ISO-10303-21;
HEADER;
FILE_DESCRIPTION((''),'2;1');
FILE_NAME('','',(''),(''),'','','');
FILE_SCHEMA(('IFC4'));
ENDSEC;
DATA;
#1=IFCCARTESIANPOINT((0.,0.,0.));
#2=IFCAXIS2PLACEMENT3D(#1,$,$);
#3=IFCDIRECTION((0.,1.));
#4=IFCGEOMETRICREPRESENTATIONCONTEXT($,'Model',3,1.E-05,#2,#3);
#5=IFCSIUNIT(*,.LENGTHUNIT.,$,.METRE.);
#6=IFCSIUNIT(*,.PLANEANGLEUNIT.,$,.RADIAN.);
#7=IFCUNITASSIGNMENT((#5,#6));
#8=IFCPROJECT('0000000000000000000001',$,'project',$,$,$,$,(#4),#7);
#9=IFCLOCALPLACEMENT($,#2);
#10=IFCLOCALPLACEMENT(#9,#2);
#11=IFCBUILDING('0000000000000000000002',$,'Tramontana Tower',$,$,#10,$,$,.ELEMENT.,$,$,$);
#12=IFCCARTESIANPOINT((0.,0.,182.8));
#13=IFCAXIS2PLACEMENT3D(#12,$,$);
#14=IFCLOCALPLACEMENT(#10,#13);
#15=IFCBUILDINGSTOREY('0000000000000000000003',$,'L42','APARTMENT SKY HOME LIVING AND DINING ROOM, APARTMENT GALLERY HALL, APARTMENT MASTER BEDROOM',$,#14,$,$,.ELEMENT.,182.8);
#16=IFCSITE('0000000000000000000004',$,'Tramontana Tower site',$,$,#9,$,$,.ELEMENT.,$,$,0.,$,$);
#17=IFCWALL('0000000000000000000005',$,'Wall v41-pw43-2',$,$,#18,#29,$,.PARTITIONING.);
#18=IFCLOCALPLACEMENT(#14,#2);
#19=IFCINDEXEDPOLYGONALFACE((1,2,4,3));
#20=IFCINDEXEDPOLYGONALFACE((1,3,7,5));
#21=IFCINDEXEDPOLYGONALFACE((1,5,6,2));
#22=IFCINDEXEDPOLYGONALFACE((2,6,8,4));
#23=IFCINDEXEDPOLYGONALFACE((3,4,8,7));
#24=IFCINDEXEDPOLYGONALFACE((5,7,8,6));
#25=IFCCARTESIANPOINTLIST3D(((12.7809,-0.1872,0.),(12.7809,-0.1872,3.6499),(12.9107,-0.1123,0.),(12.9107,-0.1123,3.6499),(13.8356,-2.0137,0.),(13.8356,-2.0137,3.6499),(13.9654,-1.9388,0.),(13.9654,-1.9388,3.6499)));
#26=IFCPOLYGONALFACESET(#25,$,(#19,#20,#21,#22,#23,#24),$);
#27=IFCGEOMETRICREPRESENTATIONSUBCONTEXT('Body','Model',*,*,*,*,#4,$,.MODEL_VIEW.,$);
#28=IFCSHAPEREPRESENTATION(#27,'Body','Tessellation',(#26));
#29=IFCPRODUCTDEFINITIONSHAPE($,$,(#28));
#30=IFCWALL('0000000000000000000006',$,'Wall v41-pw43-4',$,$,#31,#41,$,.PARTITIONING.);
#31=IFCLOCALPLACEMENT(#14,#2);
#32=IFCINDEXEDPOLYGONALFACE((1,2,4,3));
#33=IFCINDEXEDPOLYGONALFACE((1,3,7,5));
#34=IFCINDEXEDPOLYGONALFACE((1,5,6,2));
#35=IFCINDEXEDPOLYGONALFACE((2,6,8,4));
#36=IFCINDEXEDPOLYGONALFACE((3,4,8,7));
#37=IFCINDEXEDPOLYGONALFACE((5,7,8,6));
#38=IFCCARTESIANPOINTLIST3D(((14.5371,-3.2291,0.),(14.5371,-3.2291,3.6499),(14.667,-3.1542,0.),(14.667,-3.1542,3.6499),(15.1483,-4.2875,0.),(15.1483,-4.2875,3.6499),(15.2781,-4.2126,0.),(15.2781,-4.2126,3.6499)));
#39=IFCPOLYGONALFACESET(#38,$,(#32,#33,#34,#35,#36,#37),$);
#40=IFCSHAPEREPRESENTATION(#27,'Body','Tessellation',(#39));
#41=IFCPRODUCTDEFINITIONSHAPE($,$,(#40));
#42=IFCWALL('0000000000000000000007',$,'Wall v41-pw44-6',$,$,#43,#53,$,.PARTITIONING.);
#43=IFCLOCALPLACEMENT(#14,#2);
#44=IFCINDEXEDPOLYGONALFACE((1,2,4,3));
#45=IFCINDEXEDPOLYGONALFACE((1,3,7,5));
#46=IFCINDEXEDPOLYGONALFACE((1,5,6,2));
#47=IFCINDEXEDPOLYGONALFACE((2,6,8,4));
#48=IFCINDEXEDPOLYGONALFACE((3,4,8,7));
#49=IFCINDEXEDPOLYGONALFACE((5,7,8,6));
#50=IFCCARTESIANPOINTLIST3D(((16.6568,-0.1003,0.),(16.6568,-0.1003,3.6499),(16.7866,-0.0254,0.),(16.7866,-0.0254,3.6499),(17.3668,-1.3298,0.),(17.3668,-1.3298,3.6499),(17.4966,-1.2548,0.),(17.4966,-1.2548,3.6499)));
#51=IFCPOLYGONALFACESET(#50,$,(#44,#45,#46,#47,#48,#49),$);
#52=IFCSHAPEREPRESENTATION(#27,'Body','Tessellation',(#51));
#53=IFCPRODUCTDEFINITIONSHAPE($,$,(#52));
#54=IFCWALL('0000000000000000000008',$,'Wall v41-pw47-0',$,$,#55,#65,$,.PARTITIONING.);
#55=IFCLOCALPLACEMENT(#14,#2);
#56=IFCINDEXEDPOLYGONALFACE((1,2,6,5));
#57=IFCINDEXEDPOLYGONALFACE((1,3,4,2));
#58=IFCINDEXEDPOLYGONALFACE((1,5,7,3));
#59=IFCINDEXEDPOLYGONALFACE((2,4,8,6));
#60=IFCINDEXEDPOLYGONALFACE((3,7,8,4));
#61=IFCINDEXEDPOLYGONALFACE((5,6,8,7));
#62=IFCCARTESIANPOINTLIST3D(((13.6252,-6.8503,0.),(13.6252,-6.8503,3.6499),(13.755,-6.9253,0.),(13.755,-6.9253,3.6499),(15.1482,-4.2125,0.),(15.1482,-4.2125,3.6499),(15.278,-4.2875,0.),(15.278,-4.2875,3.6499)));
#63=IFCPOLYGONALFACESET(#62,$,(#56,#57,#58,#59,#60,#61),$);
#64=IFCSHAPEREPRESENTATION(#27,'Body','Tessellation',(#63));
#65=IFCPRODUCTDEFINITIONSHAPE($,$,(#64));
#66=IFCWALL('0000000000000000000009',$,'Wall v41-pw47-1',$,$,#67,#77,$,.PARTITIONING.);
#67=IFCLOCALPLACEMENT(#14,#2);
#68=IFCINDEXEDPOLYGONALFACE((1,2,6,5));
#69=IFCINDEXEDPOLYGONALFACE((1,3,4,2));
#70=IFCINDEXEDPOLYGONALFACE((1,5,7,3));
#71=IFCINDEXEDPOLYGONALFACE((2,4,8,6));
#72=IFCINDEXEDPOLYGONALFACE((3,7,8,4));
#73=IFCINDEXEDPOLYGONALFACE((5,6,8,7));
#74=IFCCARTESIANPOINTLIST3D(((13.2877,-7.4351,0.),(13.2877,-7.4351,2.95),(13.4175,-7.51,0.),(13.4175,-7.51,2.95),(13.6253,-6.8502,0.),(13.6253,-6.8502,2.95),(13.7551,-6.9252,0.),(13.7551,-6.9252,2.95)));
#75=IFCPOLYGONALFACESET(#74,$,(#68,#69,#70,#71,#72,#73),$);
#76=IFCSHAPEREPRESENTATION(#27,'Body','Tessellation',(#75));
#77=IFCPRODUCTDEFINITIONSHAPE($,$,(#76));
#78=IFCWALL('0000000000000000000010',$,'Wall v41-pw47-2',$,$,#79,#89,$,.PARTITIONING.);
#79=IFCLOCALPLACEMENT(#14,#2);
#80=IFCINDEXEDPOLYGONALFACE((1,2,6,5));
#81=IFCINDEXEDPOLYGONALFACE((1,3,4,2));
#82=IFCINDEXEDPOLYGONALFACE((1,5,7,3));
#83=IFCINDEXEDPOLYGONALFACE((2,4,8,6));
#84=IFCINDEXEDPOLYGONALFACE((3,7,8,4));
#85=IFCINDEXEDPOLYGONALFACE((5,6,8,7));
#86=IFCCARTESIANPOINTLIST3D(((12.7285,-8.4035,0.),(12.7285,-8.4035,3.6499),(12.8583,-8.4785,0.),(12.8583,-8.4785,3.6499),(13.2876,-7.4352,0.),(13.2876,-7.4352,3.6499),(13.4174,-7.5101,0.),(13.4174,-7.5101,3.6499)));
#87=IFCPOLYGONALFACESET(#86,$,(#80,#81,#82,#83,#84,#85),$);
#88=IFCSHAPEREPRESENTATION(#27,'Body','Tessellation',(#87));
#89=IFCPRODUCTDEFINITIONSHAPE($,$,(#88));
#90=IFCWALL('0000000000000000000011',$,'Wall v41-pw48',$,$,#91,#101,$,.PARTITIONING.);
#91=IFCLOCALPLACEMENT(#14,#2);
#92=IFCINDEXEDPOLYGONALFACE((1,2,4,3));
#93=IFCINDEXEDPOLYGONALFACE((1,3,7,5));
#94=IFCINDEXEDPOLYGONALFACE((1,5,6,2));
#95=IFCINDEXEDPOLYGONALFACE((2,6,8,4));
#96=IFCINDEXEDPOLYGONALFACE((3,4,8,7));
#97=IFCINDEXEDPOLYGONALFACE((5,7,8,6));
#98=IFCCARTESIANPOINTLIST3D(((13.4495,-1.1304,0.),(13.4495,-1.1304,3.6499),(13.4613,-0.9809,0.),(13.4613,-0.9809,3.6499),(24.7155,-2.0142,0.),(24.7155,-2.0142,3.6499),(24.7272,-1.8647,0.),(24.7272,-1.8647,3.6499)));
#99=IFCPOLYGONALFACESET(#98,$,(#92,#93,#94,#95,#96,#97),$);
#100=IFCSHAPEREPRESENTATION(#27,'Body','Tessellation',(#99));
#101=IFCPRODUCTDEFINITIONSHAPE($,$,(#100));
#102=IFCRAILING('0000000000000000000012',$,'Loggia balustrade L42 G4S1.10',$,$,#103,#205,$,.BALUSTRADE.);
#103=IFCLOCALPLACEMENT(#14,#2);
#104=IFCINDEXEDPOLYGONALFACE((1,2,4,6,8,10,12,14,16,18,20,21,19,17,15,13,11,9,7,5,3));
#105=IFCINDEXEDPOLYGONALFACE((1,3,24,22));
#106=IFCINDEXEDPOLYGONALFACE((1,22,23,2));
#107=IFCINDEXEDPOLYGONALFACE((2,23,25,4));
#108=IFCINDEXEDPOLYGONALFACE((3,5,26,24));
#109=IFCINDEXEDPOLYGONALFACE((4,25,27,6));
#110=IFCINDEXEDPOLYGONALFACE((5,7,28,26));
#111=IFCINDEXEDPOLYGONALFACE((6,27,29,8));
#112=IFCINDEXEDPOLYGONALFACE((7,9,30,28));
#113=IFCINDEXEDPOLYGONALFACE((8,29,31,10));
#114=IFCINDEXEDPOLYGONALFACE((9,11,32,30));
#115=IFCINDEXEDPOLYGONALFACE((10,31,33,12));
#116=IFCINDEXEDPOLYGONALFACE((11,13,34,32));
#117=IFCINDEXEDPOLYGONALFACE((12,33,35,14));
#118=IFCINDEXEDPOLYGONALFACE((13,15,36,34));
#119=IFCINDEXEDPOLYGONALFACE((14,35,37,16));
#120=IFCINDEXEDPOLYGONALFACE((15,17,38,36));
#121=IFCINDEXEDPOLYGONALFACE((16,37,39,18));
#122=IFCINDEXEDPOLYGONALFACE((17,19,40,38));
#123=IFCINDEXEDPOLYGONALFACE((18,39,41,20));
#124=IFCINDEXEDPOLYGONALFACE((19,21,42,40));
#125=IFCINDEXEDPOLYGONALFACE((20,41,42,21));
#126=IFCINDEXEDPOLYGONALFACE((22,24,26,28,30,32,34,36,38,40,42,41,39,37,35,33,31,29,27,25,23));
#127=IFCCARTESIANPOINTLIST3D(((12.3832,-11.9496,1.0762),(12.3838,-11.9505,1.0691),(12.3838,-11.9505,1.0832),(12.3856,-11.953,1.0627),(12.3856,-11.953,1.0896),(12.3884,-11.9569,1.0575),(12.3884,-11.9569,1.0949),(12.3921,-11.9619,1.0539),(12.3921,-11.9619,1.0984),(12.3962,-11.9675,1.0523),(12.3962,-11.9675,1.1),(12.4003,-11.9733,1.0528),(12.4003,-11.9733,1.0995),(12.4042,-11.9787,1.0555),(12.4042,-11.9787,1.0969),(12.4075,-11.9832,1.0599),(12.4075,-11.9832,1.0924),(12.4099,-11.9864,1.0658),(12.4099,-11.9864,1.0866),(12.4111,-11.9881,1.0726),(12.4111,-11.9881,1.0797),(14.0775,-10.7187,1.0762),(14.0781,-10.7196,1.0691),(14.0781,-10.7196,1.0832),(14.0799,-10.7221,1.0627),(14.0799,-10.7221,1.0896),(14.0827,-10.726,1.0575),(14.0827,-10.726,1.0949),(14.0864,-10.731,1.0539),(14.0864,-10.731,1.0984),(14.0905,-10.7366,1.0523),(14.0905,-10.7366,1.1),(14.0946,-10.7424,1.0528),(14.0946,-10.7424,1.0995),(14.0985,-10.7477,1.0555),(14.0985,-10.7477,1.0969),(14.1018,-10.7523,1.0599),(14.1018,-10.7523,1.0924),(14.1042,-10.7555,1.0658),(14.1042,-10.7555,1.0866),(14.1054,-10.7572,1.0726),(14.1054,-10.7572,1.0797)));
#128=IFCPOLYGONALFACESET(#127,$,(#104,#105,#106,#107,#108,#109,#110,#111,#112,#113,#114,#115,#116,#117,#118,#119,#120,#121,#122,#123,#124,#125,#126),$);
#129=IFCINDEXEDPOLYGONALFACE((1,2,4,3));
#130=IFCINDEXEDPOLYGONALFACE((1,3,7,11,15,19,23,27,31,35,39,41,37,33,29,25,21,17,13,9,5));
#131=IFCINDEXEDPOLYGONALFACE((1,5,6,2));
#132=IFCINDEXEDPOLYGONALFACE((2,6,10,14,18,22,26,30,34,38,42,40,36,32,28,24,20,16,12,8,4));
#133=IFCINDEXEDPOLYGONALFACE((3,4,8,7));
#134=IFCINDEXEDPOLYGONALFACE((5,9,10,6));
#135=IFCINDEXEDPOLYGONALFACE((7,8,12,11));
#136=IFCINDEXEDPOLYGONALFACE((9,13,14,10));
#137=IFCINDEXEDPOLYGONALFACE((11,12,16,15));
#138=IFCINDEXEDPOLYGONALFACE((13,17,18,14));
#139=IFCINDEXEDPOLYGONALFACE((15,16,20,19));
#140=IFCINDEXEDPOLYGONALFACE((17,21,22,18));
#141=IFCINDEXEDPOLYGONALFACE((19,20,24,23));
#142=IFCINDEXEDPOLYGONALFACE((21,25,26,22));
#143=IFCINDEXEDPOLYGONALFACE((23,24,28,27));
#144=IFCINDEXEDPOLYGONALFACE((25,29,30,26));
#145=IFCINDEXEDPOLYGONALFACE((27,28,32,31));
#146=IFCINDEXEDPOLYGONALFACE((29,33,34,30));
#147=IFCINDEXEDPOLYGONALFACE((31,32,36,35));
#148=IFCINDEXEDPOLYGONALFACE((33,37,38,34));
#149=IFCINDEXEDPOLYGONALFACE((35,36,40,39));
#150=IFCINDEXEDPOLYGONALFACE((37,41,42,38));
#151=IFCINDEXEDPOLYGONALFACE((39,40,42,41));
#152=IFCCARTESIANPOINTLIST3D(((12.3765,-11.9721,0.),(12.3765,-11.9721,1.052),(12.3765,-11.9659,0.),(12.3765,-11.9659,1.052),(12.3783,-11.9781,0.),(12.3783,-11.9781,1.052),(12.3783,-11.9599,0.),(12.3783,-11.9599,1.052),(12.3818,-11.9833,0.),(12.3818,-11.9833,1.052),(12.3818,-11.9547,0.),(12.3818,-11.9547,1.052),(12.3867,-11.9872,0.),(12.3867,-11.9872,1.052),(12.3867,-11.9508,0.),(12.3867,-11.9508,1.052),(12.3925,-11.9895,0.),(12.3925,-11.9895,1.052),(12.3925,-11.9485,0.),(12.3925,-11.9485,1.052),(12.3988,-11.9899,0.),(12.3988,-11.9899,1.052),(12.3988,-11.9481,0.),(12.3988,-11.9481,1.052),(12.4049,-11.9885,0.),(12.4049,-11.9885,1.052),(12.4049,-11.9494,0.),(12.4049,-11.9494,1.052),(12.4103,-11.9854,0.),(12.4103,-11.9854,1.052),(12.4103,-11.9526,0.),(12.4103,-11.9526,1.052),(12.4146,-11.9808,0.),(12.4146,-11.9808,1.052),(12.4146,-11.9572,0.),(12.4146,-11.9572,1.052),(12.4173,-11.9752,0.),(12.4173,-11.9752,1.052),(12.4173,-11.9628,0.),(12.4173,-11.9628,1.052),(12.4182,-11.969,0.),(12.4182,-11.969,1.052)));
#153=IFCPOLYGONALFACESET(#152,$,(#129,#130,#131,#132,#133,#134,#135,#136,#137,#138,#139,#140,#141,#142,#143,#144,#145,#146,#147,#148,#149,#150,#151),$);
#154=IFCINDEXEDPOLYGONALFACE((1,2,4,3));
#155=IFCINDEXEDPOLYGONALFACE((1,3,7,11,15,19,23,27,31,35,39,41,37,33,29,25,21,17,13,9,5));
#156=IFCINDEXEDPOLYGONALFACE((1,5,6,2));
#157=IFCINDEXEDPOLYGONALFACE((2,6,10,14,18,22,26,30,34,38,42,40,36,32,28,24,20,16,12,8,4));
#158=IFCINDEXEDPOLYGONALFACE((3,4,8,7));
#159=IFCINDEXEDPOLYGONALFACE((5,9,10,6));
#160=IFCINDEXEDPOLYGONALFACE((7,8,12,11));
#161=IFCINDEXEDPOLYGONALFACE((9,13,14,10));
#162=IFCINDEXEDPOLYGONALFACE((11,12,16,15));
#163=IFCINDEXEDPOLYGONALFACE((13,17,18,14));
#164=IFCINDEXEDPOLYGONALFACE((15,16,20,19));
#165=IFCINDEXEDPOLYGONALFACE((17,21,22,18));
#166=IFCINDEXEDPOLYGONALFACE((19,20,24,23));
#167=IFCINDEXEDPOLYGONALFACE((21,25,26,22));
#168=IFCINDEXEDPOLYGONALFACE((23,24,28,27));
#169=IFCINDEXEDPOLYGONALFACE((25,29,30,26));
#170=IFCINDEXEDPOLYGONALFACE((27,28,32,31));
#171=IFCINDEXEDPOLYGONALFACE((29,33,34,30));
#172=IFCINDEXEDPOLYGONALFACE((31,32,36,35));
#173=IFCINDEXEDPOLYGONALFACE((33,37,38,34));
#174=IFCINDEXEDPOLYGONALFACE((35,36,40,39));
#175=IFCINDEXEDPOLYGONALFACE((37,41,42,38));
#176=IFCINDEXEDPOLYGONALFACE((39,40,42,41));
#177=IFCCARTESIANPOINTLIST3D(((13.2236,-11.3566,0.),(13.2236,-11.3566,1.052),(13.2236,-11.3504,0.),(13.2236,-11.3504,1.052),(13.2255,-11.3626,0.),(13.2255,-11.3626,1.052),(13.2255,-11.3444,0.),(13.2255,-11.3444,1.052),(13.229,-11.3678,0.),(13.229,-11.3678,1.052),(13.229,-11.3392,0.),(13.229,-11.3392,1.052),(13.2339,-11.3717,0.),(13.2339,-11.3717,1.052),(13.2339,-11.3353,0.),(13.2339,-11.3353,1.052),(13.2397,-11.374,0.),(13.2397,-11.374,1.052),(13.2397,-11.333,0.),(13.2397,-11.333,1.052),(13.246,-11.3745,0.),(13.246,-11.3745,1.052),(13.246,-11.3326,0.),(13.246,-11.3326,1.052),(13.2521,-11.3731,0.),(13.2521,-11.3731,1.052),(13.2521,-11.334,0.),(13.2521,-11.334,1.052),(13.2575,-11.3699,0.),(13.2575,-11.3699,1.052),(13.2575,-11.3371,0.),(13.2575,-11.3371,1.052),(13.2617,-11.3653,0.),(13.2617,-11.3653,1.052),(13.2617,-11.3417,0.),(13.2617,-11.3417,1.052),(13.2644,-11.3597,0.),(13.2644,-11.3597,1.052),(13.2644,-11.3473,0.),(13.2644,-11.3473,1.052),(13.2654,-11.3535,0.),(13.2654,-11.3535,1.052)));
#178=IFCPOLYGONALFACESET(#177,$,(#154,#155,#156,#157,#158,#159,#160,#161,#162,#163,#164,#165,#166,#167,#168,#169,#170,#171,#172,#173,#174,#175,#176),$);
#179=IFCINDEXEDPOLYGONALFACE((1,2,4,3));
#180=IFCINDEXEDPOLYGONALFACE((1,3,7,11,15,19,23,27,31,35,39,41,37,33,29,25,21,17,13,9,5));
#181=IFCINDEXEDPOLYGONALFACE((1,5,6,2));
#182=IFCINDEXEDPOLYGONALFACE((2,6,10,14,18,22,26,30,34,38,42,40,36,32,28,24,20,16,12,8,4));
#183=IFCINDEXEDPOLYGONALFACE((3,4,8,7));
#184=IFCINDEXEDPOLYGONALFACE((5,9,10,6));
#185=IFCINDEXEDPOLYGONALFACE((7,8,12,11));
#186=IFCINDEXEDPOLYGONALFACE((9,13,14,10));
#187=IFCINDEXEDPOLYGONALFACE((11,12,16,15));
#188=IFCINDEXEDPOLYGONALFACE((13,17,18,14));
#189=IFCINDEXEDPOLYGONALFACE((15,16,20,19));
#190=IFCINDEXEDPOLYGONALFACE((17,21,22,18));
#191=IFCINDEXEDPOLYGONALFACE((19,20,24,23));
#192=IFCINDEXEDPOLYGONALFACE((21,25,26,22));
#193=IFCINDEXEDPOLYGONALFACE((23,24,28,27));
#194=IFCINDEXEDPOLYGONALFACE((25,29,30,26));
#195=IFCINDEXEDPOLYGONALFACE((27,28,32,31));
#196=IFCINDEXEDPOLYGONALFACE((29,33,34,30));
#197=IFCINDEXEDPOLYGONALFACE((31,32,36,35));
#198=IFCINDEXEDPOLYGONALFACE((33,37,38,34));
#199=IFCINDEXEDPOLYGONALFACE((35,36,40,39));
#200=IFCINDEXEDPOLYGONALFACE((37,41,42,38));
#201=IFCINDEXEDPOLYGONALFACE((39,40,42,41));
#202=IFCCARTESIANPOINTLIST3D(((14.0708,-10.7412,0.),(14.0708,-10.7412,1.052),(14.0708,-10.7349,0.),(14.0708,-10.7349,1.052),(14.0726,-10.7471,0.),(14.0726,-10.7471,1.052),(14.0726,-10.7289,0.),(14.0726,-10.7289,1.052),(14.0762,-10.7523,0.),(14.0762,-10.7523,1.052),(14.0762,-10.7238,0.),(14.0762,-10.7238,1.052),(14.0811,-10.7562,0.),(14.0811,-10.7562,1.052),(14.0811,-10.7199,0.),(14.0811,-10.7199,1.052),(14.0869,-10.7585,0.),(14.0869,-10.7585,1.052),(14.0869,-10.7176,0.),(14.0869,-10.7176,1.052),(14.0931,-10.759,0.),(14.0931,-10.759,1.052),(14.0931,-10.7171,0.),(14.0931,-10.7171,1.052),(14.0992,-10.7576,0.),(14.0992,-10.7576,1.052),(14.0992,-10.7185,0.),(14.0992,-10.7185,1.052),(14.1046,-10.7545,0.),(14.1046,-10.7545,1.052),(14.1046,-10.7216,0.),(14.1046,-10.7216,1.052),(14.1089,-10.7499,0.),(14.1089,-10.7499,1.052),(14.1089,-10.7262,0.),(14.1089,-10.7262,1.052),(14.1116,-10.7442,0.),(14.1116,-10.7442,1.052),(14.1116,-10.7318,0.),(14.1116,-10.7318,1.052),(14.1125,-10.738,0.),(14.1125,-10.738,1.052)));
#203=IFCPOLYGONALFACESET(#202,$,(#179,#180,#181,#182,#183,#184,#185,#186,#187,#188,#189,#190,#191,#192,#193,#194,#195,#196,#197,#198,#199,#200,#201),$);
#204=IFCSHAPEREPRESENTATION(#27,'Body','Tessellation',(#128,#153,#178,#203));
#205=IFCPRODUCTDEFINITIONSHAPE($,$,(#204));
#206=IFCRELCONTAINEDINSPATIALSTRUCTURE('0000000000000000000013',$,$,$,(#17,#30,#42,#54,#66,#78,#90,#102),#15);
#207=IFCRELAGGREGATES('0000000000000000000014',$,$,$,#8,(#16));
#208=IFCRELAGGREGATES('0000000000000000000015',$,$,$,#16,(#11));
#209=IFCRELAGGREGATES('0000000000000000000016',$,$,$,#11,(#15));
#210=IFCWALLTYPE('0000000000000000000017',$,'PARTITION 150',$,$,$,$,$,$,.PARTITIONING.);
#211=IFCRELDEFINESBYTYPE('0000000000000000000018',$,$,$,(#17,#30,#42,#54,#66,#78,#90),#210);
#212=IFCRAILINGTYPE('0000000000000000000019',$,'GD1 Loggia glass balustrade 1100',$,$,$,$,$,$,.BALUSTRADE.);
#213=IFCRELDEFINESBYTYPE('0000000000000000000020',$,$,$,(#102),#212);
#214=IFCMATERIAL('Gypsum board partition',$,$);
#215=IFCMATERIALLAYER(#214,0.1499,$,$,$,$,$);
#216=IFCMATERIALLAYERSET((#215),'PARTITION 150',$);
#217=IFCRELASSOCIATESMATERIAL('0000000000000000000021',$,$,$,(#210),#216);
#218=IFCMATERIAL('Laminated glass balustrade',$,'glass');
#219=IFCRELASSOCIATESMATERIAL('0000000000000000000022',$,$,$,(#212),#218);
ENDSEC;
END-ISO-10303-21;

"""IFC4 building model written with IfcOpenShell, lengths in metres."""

from ifc_helpers import new_model, si_unit, direction, frame, frame_2d, origin, origin_2d, place, context, subcontext, project, spatial, rectangle, circle, extrude, material, layer, layer_set, type_object, element, save


model = new_model("IFC4")

# Units and contexts
model_context = context("Model", 3, precision=1e-05, world=origin(), true_north=direction((0.0, 1.0)))
body_context = subcontext(model_context, "Body", "Model", "MODEL_VIEW")
ifc_project = project(units=[si_unit("LENGTHUNIT", "METRE"), si_unit("PLANEANGLEUNIT", "RADIAN")], contexts=[model_context])

# Site, building, storey
site_placement = place(None, origin())
site = spatial("IfcSite", under=ifc_project, at=site_placement, Name="Tramontana Tower site", CompositionType="ELEMENT", RefElevation=0.0)
building_placement = place(site_placement, origin())
building = spatial("IfcBuilding", under=site, at=building_placement, Name="Tramontana Tower", CompositionType="ELEMENT")
storey_placement = place(building_placement, frame((0.0, 0.0, 182.8)))
storey = spatial("IfcBuildingStorey", under=building, at=storey_placement, Name="L42", Description="APARTMENT SKY HOME LIVING AND DINING ROOM, APARTMENT GALLERY HALL, APARTMENT MASTER BEDROOM", CompositionType="ELEMENT", Elevation=182.8)

# Wall
ifc_material_1 = material(Name="Gypsum board partition")
ifc_layer_1 = layer(ifc_material_1, 0.1499)
ifc_layer_set_1 = layer_set([ifc_layer_1], Name="PARTITION 150")
wall_type_1 = type_object("IfcWallType", Name="PARTITION 150", PredefinedType="PARTITIONING", material=ifc_layer_set_1)
wall_1_placement = place(storey_placement, frame((12.8457, -0.1497, 0.0), z_axis=(0.0, 0.0, 1.0), x_axis=(0.500073, -0.865983, 0.0)))
element("IfcWall", 1, at=wall_1_placement, inside=storey, type_object=wall_type_1, Name="Wall v41-pw43-2", PredefinedType="PARTITIONING", context=body_context, shape_type="SweptSolid", body=[
    extrude(rectangle(XDim=2.1091, YDim=0.1499, at=frame_2d((1.0547, 0.0))), origin(), (0.0, 0.0, 1.0), 3.6499),
])

# Walls
wall_2_placement = place(storey_placement, frame((14.6021, -3.1917, 0.0), z_axis=(0.0, 0.0, 1.0), x_axis=(0.500028, -0.866009, 0.0)))
element("IfcWall", 2, at=wall_2_placement, inside=storey, type_object=wall_type_1, Name="Wall v41-pw43-4", PredefinedType="PARTITIONING", context=body_context, shape_type="SweptSolid", body=[
    extrude(rectangle(XDim=1.2222, YDim=0.1499, at=frame_2d((0.6111, 0.0))), origin(), (0.0, 0.0, 1.0), 3.6499),
])
wall_3_placement = place(storey_placement, frame((16.7217, -0.0627, 0.0), z_axis=(0.0, 0.0, 1.0), x_axis=(0.50006, -0.865991, 0.0)))
element("IfcWall", 3, at=wall_3_placement, inside=storey, type_object=wall_type_1, Name="Wall v41-pw44-6", PredefinedType="PARTITIONING", context=body_context, shape_type="SweptSolid", body=[
    extrude(rectangle(XDim=1.4197, YDim=0.1499, at=frame_2d((0.71, 0.0))), origin(), (0.0, 0.0, 1.0), 3.6499),
])

# Walls
wall_4_placement = place(storey_placement, frame((15.2131, -4.25, 0.0), z_axis=(0.0, 0.0, 1.0), x_axis=(-0.500018, -0.866015, 0.0)))
element("IfcWall", 4, at=wall_4_placement, inside=storey, type_object=wall_type_1, Name="Wall v41-pw47-0", PredefinedType="PARTITIONING", context=body_context, shape_type="SweptSolid", body=[
    extrude(rectangle(XDim=3.0459, YDim=0.1499, at=frame_2d((1.5229, 0.0))), origin(), (0.0, 0.0, 1.0), 3.6499),
])
wall_5_placement = place(storey_placement, frame((13.6902, -6.8877, 0.0), z_axis=(0.0, 0.0, 1.0), x_axis=(-0.49991, -0.866077, 0.0)))
element("IfcWall", 5, at=wall_5_placement, inside=storey, type_object=wall_type_1, Name="Wall v41-pw47-1", PredefinedType="PARTITIONING", context=body_context, shape_type="SweptSolid", body=[
    extrude(rectangle(XDim=0.6753, YDim=0.1499, at=frame_2d((0.3376, 0.0))), origin(), (0.0, 0.0, 1.0), 2.95),
])
wall_6_placement = place(storey_placement, frame((13.3525, -7.4727, 0.0), z_axis=(0.0, 0.0, 1.0), x_axis=(-0.500037, -0.866004, 0.0)))
element("IfcWall", 6, at=wall_6_placement, inside=storey, type_object=wall_type_1, Name="Wall v41-pw47-2", PredefinedType="PARTITIONING", context=body_context, shape_type="SweptSolid", body=[
    extrude(rectangle(XDim=1.1182, YDim=0.1499, at=frame_2d((0.5591, 0.0))), origin(), (0.0, 0.0, 1.0), 3.6499),
])
wall_7_placement = place(storey_placement, frame((24.7214, -1.9395, 0.0), z_axis=(0.0, 0.0, 1.0), x_axis=(-0.996937, 0.078208, 0.0)))
element("IfcWall", 7, at=wall_7_placement, inside=storey, type_object=wall_type_1, Name="Wall v41-pw48", PredefinedType="PARTITIONING", context=body_context, shape_type="SweptSolid", body=[
    extrude(rectangle(XDim=11.3005, YDim=0.1499, at=frame_2d((5.6504, 0.0))), origin(), (0.0, 0.0, 1.0), 3.6499),
])

# Railing
ifc_material_2 = material(Name="Laminated glass balustrade", Category="glass")
railing_type = type_object("IfcRailingType", Name="GD1 Loggia glass balustrade 1100", PredefinedType="BALUSTRADE", material=ifc_material_2)
railing_placement = place(storey_placement, frame((12.3972, -11.969, 0.0)))
element("IfcRailing", 8, at=railing_placement, inside=storey, type_object=railing_type, Name="Loggia balustrade L42 G4S1.10", PredefinedType="BALUSTRADE", context=body_context, shape_type="SweptSolid", body=[
    extrude(circle(Radius=0.0239, at=origin_2d()), frame((0.0, 0.0, 1.0762), z_axis=(0.809028, 0.58777, 0.0), x_axis=(-0.58777, 0.809028, 0.0)), (0.0, 0.0, 1.0), 2.0942),
    extrude(circle(Radius=0.021, at=origin_2d()), origin(), (0.0, 0.0, 1.0), 1.052),
    extrude(circle(Radius=0.021, at=origin_2d()), frame((0.8472, 0.6155, 0.0)), (0.0, 0.0, 1.0), 1.052),
    extrude(circle(Radius=0.021, at=origin_2d()), frame((1.6943, 1.231, 0.0)), (0.0, 0.0, 1.0), 1.052),
])

save(model, "model.ifc")
